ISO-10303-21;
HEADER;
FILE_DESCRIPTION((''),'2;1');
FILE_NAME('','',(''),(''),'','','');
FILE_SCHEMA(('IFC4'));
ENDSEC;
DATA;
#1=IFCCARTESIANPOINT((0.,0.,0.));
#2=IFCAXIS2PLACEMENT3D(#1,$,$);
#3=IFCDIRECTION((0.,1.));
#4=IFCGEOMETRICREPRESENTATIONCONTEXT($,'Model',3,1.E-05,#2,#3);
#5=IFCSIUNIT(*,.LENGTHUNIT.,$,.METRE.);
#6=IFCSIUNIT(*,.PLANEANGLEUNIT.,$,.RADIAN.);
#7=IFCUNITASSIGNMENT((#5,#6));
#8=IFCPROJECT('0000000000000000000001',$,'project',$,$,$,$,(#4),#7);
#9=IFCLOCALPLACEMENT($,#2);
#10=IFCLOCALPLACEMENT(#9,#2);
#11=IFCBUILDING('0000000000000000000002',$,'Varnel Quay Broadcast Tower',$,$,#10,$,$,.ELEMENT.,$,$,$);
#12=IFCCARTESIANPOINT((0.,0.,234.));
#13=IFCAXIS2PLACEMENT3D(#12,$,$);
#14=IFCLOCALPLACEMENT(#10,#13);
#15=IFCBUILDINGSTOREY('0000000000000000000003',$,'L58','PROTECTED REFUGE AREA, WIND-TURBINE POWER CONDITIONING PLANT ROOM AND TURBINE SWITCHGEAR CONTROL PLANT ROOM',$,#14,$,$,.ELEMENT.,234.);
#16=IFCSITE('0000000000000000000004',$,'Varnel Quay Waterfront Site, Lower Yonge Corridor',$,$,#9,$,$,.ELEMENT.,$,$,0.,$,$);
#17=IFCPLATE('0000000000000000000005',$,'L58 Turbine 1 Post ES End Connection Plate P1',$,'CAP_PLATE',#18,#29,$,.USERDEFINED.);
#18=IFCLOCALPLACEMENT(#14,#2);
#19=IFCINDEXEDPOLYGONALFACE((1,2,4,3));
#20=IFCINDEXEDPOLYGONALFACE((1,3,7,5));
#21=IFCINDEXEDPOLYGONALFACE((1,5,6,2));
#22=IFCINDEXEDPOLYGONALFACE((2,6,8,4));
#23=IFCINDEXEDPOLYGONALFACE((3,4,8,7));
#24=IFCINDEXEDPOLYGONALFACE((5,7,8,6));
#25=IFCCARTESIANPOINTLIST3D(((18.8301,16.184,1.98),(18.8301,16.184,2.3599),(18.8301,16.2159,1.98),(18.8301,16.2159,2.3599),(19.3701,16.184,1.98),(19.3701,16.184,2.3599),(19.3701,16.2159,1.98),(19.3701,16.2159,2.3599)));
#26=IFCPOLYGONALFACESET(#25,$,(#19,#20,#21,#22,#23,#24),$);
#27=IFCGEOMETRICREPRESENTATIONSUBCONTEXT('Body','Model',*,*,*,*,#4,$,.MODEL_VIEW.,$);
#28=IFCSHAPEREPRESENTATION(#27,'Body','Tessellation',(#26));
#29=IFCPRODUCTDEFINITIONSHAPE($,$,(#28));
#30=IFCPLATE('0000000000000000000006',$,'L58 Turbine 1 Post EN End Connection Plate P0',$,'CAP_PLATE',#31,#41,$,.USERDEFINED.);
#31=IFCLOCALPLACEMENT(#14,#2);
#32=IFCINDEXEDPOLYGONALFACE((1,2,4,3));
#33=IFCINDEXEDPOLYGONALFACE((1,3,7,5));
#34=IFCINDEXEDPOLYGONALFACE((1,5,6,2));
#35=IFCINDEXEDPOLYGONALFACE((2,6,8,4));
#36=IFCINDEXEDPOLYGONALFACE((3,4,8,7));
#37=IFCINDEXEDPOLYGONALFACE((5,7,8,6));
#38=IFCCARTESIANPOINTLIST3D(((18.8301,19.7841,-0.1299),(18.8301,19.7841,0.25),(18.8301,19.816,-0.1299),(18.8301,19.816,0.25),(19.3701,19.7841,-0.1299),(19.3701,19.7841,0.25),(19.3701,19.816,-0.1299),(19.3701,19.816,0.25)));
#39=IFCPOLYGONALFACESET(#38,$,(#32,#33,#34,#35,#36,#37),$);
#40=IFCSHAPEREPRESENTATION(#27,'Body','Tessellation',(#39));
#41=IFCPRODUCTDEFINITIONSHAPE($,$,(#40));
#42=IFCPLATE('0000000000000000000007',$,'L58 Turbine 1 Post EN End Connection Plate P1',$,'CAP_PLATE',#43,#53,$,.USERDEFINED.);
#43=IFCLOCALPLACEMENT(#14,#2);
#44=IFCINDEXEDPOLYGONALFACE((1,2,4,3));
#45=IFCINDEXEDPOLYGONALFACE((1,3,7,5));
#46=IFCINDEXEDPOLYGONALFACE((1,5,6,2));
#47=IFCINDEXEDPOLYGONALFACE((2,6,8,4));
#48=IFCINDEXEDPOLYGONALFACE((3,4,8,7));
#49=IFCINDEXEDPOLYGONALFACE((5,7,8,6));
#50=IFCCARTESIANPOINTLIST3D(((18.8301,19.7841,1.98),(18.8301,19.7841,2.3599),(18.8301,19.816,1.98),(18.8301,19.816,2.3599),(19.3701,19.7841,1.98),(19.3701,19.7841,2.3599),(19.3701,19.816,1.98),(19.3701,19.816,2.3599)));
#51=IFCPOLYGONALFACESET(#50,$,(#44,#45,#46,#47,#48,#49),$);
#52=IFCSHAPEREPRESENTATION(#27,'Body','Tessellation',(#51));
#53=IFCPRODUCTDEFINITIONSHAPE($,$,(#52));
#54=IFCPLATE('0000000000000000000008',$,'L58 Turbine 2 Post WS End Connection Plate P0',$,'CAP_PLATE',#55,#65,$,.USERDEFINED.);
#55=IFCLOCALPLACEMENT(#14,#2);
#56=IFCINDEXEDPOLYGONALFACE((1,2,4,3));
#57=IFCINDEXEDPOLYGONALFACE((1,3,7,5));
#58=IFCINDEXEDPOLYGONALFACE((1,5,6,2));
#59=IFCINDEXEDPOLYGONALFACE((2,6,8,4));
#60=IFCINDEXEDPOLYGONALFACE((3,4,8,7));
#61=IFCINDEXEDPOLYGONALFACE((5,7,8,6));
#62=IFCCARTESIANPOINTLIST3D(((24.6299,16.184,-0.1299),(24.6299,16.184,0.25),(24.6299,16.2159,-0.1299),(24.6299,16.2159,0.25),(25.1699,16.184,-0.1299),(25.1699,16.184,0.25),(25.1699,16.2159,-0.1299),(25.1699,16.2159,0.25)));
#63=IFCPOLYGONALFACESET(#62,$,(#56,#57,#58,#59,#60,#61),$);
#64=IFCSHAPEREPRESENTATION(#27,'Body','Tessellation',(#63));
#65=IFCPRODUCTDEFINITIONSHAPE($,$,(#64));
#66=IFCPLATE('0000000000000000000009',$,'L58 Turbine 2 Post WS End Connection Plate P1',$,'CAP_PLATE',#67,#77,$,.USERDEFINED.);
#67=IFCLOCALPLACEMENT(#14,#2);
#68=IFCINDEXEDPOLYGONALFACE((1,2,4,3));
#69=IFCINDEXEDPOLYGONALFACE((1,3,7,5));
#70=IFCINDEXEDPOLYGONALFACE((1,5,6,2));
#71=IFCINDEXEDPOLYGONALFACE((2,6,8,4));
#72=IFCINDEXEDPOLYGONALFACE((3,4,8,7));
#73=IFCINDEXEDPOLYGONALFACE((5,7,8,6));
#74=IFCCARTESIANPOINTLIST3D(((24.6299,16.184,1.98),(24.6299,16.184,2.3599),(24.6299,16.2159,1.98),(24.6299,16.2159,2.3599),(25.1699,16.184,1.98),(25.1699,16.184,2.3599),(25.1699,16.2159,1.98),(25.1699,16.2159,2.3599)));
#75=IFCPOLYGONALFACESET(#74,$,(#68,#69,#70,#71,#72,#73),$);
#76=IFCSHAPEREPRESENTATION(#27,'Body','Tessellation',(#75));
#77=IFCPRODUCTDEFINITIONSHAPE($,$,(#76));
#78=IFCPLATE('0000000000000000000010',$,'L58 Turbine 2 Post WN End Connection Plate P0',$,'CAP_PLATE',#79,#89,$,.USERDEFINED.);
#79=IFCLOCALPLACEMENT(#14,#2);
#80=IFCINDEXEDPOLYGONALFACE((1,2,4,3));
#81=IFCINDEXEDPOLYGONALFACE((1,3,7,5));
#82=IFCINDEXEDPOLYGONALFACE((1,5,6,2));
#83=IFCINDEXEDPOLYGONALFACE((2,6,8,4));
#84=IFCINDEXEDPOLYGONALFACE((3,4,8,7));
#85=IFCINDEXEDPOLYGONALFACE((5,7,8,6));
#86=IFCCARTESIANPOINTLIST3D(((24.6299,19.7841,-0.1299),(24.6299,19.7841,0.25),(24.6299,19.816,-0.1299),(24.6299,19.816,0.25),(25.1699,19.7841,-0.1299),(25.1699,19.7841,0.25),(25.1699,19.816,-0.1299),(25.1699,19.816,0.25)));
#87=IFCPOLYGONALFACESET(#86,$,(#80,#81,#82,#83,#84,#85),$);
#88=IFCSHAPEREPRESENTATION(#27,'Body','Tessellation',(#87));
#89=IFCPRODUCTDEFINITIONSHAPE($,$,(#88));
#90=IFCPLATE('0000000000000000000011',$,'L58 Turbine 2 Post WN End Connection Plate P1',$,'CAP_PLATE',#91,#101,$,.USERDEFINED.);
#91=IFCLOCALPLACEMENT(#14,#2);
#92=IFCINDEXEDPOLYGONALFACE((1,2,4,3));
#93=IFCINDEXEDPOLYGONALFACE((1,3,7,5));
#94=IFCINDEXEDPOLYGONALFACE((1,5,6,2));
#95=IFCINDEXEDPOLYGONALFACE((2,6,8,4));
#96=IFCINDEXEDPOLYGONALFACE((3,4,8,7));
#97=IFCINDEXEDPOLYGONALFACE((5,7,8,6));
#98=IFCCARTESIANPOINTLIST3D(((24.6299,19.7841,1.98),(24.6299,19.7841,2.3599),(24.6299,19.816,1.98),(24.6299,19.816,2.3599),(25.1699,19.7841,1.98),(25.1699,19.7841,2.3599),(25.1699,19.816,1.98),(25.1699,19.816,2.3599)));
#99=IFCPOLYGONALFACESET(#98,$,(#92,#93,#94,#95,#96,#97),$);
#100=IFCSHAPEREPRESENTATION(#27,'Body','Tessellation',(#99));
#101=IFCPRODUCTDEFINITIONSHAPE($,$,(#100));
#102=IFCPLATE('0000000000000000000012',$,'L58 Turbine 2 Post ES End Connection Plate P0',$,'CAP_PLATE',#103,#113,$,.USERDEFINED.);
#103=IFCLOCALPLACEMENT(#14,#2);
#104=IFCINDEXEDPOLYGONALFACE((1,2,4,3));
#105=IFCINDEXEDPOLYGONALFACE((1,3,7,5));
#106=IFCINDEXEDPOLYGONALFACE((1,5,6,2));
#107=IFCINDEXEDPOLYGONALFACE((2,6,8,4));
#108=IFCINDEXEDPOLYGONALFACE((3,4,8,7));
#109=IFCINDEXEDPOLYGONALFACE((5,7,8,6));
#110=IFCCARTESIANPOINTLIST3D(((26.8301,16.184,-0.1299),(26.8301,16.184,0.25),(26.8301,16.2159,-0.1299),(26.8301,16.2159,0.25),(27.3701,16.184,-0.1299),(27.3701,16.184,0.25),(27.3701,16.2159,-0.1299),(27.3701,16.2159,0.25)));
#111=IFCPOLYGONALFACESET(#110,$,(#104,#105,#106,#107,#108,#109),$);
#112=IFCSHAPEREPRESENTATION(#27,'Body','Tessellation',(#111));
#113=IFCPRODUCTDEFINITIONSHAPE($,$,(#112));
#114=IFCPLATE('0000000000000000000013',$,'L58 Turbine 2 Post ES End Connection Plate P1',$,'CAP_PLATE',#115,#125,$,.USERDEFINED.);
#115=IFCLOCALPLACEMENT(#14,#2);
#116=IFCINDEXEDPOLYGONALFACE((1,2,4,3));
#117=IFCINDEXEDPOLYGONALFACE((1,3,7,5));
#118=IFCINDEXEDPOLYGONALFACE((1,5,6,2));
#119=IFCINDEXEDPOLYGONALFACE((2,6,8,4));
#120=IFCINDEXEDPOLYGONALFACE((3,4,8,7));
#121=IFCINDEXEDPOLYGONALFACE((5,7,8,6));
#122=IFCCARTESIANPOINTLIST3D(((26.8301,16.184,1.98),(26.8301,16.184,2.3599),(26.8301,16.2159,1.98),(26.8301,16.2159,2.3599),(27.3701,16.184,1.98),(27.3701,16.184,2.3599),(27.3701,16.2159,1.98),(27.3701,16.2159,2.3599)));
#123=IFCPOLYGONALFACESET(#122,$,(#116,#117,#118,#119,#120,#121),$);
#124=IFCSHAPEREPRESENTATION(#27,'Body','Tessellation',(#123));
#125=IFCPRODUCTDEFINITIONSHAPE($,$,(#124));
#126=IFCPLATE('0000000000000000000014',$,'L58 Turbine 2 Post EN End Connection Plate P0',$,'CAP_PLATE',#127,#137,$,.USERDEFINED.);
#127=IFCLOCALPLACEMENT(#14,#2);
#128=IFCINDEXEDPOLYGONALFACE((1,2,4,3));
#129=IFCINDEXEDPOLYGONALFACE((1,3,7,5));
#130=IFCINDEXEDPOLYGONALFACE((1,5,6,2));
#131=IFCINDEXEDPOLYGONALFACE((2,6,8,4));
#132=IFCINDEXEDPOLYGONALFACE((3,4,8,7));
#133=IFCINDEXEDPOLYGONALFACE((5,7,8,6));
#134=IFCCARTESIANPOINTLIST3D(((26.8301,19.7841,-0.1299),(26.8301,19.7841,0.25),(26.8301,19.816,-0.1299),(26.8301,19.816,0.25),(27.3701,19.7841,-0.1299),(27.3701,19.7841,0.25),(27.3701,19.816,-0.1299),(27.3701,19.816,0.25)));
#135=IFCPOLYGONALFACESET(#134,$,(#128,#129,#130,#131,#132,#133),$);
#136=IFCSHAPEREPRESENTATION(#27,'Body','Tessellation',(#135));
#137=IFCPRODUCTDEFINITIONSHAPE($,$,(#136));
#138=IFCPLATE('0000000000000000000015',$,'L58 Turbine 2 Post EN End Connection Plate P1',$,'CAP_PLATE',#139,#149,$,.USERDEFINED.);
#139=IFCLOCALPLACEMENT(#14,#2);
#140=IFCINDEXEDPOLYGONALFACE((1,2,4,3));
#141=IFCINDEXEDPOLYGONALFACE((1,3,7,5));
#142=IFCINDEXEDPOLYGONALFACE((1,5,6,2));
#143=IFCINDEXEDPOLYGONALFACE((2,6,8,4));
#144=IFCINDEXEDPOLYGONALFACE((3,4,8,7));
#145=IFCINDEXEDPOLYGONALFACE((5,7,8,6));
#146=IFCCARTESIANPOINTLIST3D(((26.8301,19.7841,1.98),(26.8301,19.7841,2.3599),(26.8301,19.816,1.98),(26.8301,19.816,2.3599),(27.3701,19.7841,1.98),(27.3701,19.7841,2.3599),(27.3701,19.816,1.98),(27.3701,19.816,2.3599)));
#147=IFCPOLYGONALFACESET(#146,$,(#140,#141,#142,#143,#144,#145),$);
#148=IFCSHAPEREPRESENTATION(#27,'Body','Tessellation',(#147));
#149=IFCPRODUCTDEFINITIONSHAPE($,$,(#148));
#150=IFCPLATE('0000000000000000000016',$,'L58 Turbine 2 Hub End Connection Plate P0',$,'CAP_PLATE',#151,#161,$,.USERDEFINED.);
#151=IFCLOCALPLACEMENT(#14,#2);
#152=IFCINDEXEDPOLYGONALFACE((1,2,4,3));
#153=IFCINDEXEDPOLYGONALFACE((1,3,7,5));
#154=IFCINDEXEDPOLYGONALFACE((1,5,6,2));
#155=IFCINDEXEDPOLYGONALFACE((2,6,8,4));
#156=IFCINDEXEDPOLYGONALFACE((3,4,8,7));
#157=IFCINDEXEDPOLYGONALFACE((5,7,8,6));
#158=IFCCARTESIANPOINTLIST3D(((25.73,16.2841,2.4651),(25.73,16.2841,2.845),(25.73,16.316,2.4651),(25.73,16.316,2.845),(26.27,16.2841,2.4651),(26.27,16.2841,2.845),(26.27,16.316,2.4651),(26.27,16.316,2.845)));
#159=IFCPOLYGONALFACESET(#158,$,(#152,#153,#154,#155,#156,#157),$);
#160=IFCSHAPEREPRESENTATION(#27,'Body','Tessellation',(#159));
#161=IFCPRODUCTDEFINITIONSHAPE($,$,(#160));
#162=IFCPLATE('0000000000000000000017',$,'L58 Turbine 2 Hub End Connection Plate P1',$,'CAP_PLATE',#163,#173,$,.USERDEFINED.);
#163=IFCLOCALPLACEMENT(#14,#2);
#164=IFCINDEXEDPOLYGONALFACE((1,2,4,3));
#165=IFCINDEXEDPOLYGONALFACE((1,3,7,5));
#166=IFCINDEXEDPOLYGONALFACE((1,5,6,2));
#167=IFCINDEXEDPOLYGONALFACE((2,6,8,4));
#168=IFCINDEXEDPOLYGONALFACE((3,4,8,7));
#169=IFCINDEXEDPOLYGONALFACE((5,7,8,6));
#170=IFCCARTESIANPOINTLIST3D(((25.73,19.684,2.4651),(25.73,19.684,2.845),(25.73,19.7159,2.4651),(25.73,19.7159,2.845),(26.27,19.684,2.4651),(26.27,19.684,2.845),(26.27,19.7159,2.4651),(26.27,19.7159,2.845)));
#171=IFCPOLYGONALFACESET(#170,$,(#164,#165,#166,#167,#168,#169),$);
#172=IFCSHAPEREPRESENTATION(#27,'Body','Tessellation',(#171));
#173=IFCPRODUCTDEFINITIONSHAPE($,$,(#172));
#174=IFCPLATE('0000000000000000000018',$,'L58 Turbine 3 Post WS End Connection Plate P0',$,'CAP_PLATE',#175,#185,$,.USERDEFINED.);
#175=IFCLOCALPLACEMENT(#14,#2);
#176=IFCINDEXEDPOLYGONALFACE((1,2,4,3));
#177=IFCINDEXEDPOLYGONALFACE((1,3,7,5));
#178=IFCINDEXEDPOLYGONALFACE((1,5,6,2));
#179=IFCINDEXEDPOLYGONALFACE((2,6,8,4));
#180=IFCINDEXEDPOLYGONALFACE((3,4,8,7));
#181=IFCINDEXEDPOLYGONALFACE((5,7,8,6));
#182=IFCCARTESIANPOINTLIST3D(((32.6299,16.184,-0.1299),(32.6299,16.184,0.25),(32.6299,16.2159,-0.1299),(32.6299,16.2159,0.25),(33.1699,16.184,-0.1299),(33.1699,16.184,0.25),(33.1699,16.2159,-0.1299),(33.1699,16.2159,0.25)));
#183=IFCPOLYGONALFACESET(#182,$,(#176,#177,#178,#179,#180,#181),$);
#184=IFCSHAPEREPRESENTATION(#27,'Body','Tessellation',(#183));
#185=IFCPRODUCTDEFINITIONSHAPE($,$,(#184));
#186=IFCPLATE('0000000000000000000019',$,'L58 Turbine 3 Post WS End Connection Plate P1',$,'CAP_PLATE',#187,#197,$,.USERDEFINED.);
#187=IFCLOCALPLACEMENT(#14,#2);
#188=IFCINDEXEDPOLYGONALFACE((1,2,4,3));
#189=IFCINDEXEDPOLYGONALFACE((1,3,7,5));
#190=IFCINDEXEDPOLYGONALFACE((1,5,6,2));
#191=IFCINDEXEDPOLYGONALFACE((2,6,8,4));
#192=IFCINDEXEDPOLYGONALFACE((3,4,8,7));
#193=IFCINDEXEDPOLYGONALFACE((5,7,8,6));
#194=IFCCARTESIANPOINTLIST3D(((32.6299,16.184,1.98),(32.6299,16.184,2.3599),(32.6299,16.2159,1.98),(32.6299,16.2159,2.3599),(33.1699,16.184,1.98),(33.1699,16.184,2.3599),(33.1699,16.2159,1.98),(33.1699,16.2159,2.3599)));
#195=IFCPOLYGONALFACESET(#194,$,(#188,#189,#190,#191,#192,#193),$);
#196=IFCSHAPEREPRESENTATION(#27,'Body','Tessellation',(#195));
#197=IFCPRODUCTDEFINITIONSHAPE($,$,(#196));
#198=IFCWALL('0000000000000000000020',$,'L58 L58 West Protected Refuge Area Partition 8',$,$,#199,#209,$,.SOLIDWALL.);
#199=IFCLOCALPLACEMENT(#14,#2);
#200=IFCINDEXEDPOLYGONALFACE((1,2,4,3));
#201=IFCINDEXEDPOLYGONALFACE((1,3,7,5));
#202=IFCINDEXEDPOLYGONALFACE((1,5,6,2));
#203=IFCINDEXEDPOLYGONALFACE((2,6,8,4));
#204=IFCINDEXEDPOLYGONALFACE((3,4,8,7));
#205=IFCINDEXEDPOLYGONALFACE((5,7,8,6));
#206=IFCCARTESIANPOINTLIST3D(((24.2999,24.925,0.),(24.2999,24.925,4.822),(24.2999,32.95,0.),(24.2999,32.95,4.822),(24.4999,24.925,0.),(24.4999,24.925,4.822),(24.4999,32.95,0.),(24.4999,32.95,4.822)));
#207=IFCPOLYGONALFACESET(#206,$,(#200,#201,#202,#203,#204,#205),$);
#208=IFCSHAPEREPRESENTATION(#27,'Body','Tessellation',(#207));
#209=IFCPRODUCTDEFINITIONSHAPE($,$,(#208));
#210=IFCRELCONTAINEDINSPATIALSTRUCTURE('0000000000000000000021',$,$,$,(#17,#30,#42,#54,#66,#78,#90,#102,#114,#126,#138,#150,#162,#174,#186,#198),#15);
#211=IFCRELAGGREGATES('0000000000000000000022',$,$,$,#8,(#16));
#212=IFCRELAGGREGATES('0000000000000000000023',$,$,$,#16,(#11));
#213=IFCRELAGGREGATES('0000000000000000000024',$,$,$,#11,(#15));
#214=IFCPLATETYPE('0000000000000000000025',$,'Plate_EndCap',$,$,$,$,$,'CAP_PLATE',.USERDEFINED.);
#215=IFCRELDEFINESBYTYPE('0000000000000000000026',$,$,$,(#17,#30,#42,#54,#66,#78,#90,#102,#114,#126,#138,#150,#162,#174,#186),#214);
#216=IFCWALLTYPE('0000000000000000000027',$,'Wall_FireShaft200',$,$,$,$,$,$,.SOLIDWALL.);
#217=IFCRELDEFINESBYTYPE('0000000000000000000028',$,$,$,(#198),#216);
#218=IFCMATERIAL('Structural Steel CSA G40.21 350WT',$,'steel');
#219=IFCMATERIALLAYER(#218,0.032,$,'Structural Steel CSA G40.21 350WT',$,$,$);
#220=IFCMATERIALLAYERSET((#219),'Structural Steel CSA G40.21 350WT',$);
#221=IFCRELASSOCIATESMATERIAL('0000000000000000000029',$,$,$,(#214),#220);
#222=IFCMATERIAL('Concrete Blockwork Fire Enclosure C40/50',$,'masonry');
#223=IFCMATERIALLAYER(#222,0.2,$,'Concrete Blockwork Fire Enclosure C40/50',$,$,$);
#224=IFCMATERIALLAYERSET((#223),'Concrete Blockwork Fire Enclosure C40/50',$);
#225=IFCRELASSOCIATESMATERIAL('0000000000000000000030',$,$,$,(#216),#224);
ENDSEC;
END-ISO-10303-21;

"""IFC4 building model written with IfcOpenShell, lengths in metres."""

from ifc_helpers import new_model, si_unit, direction, frame, frame_2d, origin, origin_2d, place, context, subcontext, project, spatial, rectangle, extrude, source, transform, mapped, material, layer, layer_set, type_object, type_shapes, element, save


model = new_model("IFC4")

# Units and contexts
model_context = context("Model", 3, precision=1e-05, world=origin(), true_north=direction((0.0, 1.0)))
body_context = subcontext(model_context, "Body", "Model", "MODEL_VIEW")
ifc_project = project(units=[si_unit("LENGTHUNIT", "METRE"), si_unit("PLANEANGLEUNIT", "RADIAN")], contexts=[model_context])

# Site, building, storey
site_placement = place(None, origin())
site = spatial("IfcSite", under=ifc_project, at=site_placement, Name="Varnel Quay Waterfront Site, Lower Yonge Corridor", CompositionType="ELEMENT", RefElevation=0.0)
building_placement = place(site_placement, origin())
building = spatial("IfcBuilding", under=site, at=building_placement, Name="Varnel Quay Broadcast Tower", CompositionType="ELEMENT")
storey_placement = place(building_placement, frame((0.0, 0.0, 234.0)))
storey = spatial("IfcBuildingStorey", under=building, at=storey_placement, Name="L58", Description="PROTECTED REFUGE AREA, WIND-TURBINE POWER CONDITIONING PLANT ROOM AND TURBINE SWITCHGEAR CONTROL PLANT ROOM", CompositionType="ELEMENT", Elevation=234.0)

# Plates
ifc_material_1 = material(Name="Structural Steel CSA G40.21 350WT", Category="steel")
ifc_layer_1 = layer(ifc_material_1, 0.032, Name="Structural Steel CSA G40.21 350WT")
ifc_layer_set_1 = layer_set([ifc_layer_1], Name="Structural Steel CSA G40.21 350WT")
plate_type = type_object("IfcPlateType", Name="Plate_EndCap", ElementType="CAP_PLATE", PredefinedType="USERDEFINED", material=ifc_layer_set_1)
shared_shape_1 = source(origin(), body_context, "Body", "SweptSolid", [
    extrude(rectangle(XDim=0.54, YDim=0.032, at=origin_2d()), origin(), (0.0, 0.0, 1.0), 0.3799),
])
type_shapes(plate_type, [shared_shape_1])
for number, where, z_axis, x_axis, name in (
    (1, (19.1001, 16.2, 1.98), (0.0, 0.0, 1.0), (1.0, 0.0, 0.0), "L58 Turbine 1 Post ES End Connection Plate P1"),
    (2, (19.1001, 19.8, -0.1299), (0.0, 0.0, 1.0), (1.0, 0.0, 0.0), "L58 Turbine 1 Post EN End Connection Plate P0"),
    (3, (19.1001, 19.8, 1.98), (0.0, 0.0, 1.0), (1.0, 0.0, 0.0), "L58 Turbine 1 Post EN End Connection Plate P1"),
    (4, (24.8999, 16.2, -0.1299), (0.0, 0.0, 1.0), (1.0, 0.0, 0.0), "L58 Turbine 2 Post WS End Connection Plate P0"),
    (5, (24.8999, 16.2, 1.98), (0.0, 0.0, 1.0), (1.0, 0.0, 0.0), "L58 Turbine 2 Post WS End Connection Plate P1"),
    (6, (24.8999, 19.8, -0.1299), (0.0, 0.0, 1.0), (1.0, 0.0, 0.0), "L58 Turbine 2 Post WN End Connection Plate P0"),
    (7, (24.8999, 19.8, 1.98), (0.0, 0.0, 1.0), (1.0, 0.0, 0.0), "L58 Turbine 2 Post WN End Connection Plate P1"),
    (8, (27.1001, 16.2, -0.1299), (0.0, 0.0, 1.0), (1.0, 0.0, 0.0), "L58 Turbine 2 Post ES End Connection Plate P0"),
    (9, (27.1001, 16.2, 1.98), (0.0, 0.0, 1.0), (1.0, 0.0, 0.0), "L58 Turbine 2 Post ES End Connection Plate P1"),
    (10, (27.1001, 19.8, -0.1299), (0.0, 0.0, 1.0), (1.0, 0.0, 0.0), "L58 Turbine 2 Post EN End Connection Plate P0"),
    (11, (27.1001, 19.8, 1.98), (0.0, 0.0, 1.0), (1.0, 0.0, 0.0), "L58 Turbine 2 Post EN End Connection Plate P1"),
    (12, (26.0, 16.3, 2.4651), (0.0, 0.0, 1.0), (1.0, 0.0, 0.0), "L58 Turbine 2 Hub End Connection Plate P0"),
    (13, (26.0, 19.7, 2.4651), (0.0, 0.0, 1.0), (1.0, 0.0, 0.0), "L58 Turbine 2 Hub End Connection Plate P1"),
    (14, (32.8999, 16.2, -0.1299), (0.0, 0.0, 1.0), (1.0, 0.0, 0.0), "L58 Turbine 3 Post WS End Connection Plate P0"),
    (15, (32.8999, 16.2, 1.98), (0.0, 0.0, 1.0), (1.0, 0.0, 0.0), "L58 Turbine 3 Post WS End Connection Plate P1"),
):
    element("IfcPlate", number, at=place(storey_placement, frame(where, z_axis=z_axis, x_axis=x_axis)), inside=storey, type_object=plate_type, Name=name, ObjectType="CAP_PLATE", PredefinedType="USERDEFINED", context=body_context, shape_type="MappedRepresentation", body=[
        mapped(shared_shape_1, transform((0.0, 0.0, 0.0), x_axis=(1.0, 0.0, 0.0), y_axis=(0.0, 1.0, 0.0), z_axis=(0.0, 0.0, 1.0), scale=1.0)),
    ])

# Wall
ifc_material_2 = material(Name="Concrete Blockwork Fire Enclosure C40/50", Category="masonry")
ifc_layer_2 = layer(ifc_material_2, 0.2, Name="Concrete Blockwork Fire Enclosure C40/50")
ifc_layer_set_2 = layer_set([ifc_layer_2], Name="Concrete Blockwork Fire Enclosure C40/50")
wall_type = type_object("IfcWallType", Name="Wall_FireShaft200", PredefinedType="SOLIDWALL", material=ifc_layer_set_2)
wall_1_placement = place(storey_placement, frame((24.3999, 24.925, 0.0), z_axis=(0.0, 0.0, 1.0), x_axis=(0.0, 1.0, 0.0)))
element("IfcWall", 16, at=wall_1_placement, inside=storey, type_object=wall_type, Name="L58 L58 West Protected Refuge Area Partition 8", PredefinedType="SOLIDWALL", context=body_context, shape_type="SweptSolid", body=[
    extrude(rectangle(XDim=8.0249, YDim=0.2, at=frame_2d((4.0125, 0.0))), origin(), (0.0, 0.0, 1.0), 4.822),
])

save(model, "model.ifc")
